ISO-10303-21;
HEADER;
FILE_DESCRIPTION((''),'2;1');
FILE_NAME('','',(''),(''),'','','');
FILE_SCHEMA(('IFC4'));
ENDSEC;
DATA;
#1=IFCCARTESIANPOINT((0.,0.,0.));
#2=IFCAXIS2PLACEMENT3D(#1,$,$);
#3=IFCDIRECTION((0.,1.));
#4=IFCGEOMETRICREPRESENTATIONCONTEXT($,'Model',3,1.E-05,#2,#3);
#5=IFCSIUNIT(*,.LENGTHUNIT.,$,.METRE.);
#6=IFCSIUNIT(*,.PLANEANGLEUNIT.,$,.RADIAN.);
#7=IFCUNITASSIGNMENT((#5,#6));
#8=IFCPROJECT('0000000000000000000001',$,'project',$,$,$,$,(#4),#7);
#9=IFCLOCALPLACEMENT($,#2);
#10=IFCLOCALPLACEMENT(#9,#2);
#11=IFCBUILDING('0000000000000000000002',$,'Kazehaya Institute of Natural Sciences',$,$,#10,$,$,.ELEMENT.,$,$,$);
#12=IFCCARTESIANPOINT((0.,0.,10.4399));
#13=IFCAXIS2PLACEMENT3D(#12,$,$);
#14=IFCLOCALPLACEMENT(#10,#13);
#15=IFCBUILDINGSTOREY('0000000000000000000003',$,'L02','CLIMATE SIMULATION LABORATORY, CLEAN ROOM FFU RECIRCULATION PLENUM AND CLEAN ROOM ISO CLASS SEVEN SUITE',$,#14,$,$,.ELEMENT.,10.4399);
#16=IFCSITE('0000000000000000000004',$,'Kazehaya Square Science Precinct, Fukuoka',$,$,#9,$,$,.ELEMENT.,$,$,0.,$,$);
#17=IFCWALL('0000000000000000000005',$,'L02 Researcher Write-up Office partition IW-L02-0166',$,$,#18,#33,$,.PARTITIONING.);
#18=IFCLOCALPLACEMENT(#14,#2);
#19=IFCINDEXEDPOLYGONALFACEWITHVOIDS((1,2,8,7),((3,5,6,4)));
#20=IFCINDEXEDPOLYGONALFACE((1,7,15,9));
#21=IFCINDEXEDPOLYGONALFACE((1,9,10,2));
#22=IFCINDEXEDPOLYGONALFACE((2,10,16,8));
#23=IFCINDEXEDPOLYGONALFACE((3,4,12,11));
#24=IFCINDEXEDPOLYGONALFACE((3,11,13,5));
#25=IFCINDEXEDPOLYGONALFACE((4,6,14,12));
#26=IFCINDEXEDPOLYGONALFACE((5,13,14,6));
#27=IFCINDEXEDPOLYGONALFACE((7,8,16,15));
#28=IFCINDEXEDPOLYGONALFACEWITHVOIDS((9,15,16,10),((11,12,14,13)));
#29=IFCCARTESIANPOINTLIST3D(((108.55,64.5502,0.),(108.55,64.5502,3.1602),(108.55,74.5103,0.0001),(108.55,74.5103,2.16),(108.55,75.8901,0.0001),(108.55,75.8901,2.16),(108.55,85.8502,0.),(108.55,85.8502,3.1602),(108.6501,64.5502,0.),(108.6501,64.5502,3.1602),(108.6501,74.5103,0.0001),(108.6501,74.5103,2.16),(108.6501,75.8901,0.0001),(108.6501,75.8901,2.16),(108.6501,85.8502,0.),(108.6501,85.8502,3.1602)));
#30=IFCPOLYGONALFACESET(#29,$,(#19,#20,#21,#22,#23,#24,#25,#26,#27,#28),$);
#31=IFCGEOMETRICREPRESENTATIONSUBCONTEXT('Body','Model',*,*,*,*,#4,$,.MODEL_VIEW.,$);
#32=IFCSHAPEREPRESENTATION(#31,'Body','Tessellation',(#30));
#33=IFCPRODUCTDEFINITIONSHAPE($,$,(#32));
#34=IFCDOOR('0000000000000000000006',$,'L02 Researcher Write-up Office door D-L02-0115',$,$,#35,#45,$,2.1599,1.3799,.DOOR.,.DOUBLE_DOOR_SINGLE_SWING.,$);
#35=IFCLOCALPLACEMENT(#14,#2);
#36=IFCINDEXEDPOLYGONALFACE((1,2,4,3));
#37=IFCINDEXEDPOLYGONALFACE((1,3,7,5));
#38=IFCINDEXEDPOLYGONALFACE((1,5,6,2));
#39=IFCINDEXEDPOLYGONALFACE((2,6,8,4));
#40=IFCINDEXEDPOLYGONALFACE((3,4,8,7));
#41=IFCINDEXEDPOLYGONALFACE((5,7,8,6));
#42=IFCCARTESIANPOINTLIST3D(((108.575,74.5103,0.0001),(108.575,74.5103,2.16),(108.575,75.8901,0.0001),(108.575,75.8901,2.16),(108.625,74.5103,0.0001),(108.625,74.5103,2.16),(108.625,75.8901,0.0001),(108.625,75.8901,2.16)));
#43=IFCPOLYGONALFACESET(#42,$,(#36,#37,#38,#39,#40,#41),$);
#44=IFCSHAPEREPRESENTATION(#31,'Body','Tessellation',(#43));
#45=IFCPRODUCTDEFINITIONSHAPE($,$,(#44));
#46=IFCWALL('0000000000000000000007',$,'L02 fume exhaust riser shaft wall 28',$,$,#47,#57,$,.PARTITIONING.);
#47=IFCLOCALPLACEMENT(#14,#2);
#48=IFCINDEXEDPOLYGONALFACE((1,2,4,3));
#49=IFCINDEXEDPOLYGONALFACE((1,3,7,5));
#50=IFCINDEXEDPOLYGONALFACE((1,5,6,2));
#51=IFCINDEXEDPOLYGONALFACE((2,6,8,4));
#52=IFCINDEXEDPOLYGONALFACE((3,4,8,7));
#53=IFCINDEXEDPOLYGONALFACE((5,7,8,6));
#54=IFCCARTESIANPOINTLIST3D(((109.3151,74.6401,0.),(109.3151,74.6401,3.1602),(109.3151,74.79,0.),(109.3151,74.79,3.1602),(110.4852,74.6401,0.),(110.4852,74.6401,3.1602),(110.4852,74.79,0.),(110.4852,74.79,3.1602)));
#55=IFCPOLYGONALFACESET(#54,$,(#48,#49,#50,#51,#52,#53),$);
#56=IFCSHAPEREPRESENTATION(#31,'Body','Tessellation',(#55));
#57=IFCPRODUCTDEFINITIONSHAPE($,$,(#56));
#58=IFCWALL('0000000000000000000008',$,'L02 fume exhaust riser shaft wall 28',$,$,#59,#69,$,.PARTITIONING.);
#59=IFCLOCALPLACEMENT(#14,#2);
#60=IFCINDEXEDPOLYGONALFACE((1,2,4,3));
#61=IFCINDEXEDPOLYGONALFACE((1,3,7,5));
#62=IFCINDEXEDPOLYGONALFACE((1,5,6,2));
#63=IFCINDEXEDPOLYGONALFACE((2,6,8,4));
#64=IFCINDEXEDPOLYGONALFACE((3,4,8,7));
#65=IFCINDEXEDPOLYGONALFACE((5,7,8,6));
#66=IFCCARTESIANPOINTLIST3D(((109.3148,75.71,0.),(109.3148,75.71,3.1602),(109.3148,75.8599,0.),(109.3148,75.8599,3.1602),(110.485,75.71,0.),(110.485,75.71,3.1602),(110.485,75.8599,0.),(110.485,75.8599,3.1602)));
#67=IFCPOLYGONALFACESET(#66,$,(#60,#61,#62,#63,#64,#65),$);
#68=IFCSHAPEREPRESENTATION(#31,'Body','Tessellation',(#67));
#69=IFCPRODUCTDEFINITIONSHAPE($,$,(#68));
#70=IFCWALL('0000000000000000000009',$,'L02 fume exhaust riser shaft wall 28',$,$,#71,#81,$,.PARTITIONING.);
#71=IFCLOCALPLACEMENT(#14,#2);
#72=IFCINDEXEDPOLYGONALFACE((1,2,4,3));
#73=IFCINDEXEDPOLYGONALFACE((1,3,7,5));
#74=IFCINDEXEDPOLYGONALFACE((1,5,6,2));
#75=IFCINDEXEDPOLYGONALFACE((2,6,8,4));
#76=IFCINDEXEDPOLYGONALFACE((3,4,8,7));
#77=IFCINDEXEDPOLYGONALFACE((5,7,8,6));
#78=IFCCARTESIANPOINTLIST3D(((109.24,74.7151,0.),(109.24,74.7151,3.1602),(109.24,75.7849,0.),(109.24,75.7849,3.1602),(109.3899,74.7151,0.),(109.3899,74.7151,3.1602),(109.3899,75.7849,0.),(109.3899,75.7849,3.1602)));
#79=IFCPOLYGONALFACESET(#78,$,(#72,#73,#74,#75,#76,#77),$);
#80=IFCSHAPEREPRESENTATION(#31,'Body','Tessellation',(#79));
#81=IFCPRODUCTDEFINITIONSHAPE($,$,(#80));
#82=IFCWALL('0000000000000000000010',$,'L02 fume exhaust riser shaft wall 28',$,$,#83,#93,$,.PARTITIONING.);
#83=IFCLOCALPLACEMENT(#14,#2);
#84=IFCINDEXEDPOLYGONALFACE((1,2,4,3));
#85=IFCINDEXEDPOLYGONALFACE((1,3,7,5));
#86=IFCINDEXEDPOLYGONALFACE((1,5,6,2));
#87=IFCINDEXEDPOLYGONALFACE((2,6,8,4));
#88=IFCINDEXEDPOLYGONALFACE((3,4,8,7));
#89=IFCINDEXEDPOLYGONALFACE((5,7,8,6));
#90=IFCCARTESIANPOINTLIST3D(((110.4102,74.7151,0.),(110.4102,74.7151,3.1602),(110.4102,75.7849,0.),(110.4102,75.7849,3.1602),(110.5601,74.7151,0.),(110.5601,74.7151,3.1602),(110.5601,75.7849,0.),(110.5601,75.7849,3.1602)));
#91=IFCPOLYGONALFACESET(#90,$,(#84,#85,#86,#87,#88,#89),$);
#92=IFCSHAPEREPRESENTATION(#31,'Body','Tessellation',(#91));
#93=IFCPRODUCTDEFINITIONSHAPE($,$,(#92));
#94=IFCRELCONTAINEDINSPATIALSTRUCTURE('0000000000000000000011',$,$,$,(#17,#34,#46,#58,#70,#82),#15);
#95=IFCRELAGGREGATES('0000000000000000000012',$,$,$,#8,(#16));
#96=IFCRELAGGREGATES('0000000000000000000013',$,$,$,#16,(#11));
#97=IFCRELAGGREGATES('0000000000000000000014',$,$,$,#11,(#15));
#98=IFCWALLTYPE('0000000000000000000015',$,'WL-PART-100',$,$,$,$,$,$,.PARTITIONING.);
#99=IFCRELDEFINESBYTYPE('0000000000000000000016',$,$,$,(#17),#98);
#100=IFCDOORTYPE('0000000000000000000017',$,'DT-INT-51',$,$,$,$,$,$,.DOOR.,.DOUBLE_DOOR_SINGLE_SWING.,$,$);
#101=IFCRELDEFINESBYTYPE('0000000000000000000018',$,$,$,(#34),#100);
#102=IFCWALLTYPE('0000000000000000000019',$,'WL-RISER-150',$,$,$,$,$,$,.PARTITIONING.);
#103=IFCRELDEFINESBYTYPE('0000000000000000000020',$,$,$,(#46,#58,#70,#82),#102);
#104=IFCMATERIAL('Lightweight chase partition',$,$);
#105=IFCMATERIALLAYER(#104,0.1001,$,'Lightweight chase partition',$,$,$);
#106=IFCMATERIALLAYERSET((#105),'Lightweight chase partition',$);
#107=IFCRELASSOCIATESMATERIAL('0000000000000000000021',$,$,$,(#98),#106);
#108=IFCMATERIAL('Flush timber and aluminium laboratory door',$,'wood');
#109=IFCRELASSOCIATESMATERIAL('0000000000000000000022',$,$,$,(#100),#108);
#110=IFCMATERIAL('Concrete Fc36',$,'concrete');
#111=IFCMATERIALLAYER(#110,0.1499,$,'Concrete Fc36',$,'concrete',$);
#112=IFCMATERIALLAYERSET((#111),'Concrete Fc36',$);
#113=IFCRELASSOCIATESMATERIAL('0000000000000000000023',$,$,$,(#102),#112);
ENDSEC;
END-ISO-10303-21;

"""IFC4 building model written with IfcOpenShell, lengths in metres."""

from ifc_helpers import new_model, si_unit, direction, frame, frame_2d, origin, place, context, subcontext, project, spatial, rectangle, extrude, material, layer, layer_set, type_object, element, fill, save


model = new_model("IFC4")

# Units and contexts
model_context = context("Model", 3, precision=1e-05, world=origin(), true_north=direction((0.0, 1.0)))
body_context = subcontext(model_context, "Body", "Model", "MODEL_VIEW")
ifc_project = project(units=[si_unit("LENGTHUNIT", "METRE"), si_unit("PLANEANGLEUNIT", "RADIAN")], contexts=[model_context])

# Site, building, storey
site_placement = place(None, origin())
site = spatial("IfcSite", under=ifc_project, at=site_placement, Name="Kazehaya Square Science Precinct, Fukuoka", CompositionType="ELEMENT", RefElevation=0.0)
building_placement = place(site_placement, origin())
building = spatial("IfcBuilding", under=site, at=building_placement, Name="Kazehaya Institute of Natural Sciences", CompositionType="ELEMENT")
storey_placement = place(building_placement, frame((0.0, 0.0, 10.4399)))
storey = spatial("IfcBuildingStorey", under=building, at=storey_placement, Name="L02", Description="CLIMATE SIMULATION LABORATORY, CLEAN ROOM FFU RECIRCULATION PLENUM AND CLEAN ROOM ISO CLASS SEVEN SUITE", CompositionType="ELEMENT", Elevation=10.4399)

# Shared definitions
ifc_material_1 = material(Name="Concrete Fc36", Category="concrete")

# Wall, opening, door
ifc_material_2 = material(Name="Lightweight chase partition")
ifc_layer_1 = layer(ifc_material_2, 0.1001, Name="Lightweight chase partition")
ifc_layer_set_1 = layer_set([ifc_layer_1], Name="Lightweight chase partition")
wall_type_1 = type_object("IfcWallType", Name="WL-PART-100", PredefinedType="PARTITIONING", material=ifc_layer_set_1)
wall_1_placement = place(storey_placement, frame((108.6001, 85.8501, 0.0), z_axis=(0.0, 0.0, 1.0), x_axis=(0.0, -1.0, 0.0)))
wall_1 = element("IfcWall", 1, at=wall_1_placement, inside=storey, type_object=wall_type_1, Name="L02 Researcher Write-up Office partition IW-L02-0166", PredefinedType="PARTITIONING", context=body_context, shape_type="SweptSolid", body=[
    extrude(rectangle(XDim=21.3, YDim=0.1001, at=frame_2d((10.6499, 0.0))), origin(), (0.0, 0.0, 1.0), 3.1602),
])
opening_1_placement = place(wall_1_placement, frame((9.96, 0.0, 0.0)))
opening_1 = element("IfcOpeningElement", 2, at=opening_1_placement, cuts=wall_1, PredefinedType="OPENING", context=body_context, shape_type="SweptSolid", body=[
    extrude(rectangle(XDim=1.3799, YDim=2.1599, at=frame_2d((0.6899, 1.0801))), frame((0.0, 0.0601, 0.0), z_axis=(0.0, -1.0, 0.0), x_axis=(1.0, 0.0, 0.0)), (0.0, 0.0, 1.0), 0.1201),
])
ifc_material_3 = material(Name="Flush timber and aluminium laboratory door", Category="wood")
door_type = type_object("IfcDoorType", Name="DT-INT-51", OperationType="DOUBLE_DOOR_SINGLE_SWING", PredefinedType="DOOR", material=ifc_material_3)
door_placement = place(opening_1_placement, origin())
door = element("IfcDoor", 3, at=door_placement, inside=storey, type_object=door_type, Name="L02 Researcher Write-up Office door D-L02-0115", OperationType="DOUBLE_DOOR_SINGLE_SWING", OverallHeight=2.1599, OverallWidth=1.3799, PredefinedType="DOOR", context=body_context, shape_type="SweptSolid", body=[
    extrude(rectangle(XDim=1.3799, YDim=2.1599, at=frame_2d((0.6899, 1.0801))), frame((0.0, 0.0249, 0.0), z_axis=(0.0, -1.0, 0.0), x_axis=(1.0, 0.0, 0.0)), (0.0, 0.0, 1.0), 0.05),
])
fill(opening_1, door)

# Walls
ifc_layer_2 = layer(ifc_material_1, 0.1499, Name="Concrete Fc36", Category="concrete")
ifc_layer_set_2 = layer_set([ifc_layer_2], Name="Concrete Fc36")
wall_type_2 = type_object("IfcWallType", Name="WL-RISER-150", PredefinedType="PARTITIONING", material=ifc_layer_set_2)
for number, where, z_axis, x_axis, name in (
    (4, (110.4851, 74.7151, 0.0), (0.0, 0.0, 1.0), (-1.0, 0.0, 0.0), "L02 fume exhaust riser shaft wall 28"),
    (5, (109.3149, 75.7849, 0.0), (0.0, 0.0, 1.0), (1.0, 0.0, 0.0), "L02 fume exhaust riser shaft wall 28"),
):
    element("IfcWall", number, at=place(storey_placement, frame(where, z_axis=z_axis, x_axis=x_axis)), inside=storey, type_object=wall_type_2, Name=name, PredefinedType="PARTITIONING", context=body_context, shape_type="SweptSolid", body=[
        extrude(rectangle(XDim=1.1702, YDim=0.1499, at=frame_2d((0.585, 0.0))), origin(), (0.0, 0.0, 1.0), 3.1602),
    ])
for number, where, z_axis, x_axis, name in (
    (6, (109.3149, 74.7151, 0.0), (0.0, 0.0, 1.0), (0.0, 1.0, 0.0), "L02 fume exhaust riser shaft wall 28"),
    (7, (110.4851, 75.7849, 0.0), (0.0, 0.0, 1.0), (0.0, -1.0, 0.0), "L02 fume exhaust riser shaft wall 28"),
):
    element("IfcWall", number, at=place(storey_placement, frame(where, z_axis=z_axis, x_axis=x_axis)), inside=storey, type_object=wall_type_2, Name=name, PredefinedType="PARTITIONING", context=body_context, shape_type="SweptSolid", body=[
        extrude(rectangle(XDim=1.0698, YDim=0.1499, at=frame_2d((0.5349, 0.0))), origin(), (0.0, 0.0, 1.0), 3.1602),
    ])

save(model, "model.ifc")
